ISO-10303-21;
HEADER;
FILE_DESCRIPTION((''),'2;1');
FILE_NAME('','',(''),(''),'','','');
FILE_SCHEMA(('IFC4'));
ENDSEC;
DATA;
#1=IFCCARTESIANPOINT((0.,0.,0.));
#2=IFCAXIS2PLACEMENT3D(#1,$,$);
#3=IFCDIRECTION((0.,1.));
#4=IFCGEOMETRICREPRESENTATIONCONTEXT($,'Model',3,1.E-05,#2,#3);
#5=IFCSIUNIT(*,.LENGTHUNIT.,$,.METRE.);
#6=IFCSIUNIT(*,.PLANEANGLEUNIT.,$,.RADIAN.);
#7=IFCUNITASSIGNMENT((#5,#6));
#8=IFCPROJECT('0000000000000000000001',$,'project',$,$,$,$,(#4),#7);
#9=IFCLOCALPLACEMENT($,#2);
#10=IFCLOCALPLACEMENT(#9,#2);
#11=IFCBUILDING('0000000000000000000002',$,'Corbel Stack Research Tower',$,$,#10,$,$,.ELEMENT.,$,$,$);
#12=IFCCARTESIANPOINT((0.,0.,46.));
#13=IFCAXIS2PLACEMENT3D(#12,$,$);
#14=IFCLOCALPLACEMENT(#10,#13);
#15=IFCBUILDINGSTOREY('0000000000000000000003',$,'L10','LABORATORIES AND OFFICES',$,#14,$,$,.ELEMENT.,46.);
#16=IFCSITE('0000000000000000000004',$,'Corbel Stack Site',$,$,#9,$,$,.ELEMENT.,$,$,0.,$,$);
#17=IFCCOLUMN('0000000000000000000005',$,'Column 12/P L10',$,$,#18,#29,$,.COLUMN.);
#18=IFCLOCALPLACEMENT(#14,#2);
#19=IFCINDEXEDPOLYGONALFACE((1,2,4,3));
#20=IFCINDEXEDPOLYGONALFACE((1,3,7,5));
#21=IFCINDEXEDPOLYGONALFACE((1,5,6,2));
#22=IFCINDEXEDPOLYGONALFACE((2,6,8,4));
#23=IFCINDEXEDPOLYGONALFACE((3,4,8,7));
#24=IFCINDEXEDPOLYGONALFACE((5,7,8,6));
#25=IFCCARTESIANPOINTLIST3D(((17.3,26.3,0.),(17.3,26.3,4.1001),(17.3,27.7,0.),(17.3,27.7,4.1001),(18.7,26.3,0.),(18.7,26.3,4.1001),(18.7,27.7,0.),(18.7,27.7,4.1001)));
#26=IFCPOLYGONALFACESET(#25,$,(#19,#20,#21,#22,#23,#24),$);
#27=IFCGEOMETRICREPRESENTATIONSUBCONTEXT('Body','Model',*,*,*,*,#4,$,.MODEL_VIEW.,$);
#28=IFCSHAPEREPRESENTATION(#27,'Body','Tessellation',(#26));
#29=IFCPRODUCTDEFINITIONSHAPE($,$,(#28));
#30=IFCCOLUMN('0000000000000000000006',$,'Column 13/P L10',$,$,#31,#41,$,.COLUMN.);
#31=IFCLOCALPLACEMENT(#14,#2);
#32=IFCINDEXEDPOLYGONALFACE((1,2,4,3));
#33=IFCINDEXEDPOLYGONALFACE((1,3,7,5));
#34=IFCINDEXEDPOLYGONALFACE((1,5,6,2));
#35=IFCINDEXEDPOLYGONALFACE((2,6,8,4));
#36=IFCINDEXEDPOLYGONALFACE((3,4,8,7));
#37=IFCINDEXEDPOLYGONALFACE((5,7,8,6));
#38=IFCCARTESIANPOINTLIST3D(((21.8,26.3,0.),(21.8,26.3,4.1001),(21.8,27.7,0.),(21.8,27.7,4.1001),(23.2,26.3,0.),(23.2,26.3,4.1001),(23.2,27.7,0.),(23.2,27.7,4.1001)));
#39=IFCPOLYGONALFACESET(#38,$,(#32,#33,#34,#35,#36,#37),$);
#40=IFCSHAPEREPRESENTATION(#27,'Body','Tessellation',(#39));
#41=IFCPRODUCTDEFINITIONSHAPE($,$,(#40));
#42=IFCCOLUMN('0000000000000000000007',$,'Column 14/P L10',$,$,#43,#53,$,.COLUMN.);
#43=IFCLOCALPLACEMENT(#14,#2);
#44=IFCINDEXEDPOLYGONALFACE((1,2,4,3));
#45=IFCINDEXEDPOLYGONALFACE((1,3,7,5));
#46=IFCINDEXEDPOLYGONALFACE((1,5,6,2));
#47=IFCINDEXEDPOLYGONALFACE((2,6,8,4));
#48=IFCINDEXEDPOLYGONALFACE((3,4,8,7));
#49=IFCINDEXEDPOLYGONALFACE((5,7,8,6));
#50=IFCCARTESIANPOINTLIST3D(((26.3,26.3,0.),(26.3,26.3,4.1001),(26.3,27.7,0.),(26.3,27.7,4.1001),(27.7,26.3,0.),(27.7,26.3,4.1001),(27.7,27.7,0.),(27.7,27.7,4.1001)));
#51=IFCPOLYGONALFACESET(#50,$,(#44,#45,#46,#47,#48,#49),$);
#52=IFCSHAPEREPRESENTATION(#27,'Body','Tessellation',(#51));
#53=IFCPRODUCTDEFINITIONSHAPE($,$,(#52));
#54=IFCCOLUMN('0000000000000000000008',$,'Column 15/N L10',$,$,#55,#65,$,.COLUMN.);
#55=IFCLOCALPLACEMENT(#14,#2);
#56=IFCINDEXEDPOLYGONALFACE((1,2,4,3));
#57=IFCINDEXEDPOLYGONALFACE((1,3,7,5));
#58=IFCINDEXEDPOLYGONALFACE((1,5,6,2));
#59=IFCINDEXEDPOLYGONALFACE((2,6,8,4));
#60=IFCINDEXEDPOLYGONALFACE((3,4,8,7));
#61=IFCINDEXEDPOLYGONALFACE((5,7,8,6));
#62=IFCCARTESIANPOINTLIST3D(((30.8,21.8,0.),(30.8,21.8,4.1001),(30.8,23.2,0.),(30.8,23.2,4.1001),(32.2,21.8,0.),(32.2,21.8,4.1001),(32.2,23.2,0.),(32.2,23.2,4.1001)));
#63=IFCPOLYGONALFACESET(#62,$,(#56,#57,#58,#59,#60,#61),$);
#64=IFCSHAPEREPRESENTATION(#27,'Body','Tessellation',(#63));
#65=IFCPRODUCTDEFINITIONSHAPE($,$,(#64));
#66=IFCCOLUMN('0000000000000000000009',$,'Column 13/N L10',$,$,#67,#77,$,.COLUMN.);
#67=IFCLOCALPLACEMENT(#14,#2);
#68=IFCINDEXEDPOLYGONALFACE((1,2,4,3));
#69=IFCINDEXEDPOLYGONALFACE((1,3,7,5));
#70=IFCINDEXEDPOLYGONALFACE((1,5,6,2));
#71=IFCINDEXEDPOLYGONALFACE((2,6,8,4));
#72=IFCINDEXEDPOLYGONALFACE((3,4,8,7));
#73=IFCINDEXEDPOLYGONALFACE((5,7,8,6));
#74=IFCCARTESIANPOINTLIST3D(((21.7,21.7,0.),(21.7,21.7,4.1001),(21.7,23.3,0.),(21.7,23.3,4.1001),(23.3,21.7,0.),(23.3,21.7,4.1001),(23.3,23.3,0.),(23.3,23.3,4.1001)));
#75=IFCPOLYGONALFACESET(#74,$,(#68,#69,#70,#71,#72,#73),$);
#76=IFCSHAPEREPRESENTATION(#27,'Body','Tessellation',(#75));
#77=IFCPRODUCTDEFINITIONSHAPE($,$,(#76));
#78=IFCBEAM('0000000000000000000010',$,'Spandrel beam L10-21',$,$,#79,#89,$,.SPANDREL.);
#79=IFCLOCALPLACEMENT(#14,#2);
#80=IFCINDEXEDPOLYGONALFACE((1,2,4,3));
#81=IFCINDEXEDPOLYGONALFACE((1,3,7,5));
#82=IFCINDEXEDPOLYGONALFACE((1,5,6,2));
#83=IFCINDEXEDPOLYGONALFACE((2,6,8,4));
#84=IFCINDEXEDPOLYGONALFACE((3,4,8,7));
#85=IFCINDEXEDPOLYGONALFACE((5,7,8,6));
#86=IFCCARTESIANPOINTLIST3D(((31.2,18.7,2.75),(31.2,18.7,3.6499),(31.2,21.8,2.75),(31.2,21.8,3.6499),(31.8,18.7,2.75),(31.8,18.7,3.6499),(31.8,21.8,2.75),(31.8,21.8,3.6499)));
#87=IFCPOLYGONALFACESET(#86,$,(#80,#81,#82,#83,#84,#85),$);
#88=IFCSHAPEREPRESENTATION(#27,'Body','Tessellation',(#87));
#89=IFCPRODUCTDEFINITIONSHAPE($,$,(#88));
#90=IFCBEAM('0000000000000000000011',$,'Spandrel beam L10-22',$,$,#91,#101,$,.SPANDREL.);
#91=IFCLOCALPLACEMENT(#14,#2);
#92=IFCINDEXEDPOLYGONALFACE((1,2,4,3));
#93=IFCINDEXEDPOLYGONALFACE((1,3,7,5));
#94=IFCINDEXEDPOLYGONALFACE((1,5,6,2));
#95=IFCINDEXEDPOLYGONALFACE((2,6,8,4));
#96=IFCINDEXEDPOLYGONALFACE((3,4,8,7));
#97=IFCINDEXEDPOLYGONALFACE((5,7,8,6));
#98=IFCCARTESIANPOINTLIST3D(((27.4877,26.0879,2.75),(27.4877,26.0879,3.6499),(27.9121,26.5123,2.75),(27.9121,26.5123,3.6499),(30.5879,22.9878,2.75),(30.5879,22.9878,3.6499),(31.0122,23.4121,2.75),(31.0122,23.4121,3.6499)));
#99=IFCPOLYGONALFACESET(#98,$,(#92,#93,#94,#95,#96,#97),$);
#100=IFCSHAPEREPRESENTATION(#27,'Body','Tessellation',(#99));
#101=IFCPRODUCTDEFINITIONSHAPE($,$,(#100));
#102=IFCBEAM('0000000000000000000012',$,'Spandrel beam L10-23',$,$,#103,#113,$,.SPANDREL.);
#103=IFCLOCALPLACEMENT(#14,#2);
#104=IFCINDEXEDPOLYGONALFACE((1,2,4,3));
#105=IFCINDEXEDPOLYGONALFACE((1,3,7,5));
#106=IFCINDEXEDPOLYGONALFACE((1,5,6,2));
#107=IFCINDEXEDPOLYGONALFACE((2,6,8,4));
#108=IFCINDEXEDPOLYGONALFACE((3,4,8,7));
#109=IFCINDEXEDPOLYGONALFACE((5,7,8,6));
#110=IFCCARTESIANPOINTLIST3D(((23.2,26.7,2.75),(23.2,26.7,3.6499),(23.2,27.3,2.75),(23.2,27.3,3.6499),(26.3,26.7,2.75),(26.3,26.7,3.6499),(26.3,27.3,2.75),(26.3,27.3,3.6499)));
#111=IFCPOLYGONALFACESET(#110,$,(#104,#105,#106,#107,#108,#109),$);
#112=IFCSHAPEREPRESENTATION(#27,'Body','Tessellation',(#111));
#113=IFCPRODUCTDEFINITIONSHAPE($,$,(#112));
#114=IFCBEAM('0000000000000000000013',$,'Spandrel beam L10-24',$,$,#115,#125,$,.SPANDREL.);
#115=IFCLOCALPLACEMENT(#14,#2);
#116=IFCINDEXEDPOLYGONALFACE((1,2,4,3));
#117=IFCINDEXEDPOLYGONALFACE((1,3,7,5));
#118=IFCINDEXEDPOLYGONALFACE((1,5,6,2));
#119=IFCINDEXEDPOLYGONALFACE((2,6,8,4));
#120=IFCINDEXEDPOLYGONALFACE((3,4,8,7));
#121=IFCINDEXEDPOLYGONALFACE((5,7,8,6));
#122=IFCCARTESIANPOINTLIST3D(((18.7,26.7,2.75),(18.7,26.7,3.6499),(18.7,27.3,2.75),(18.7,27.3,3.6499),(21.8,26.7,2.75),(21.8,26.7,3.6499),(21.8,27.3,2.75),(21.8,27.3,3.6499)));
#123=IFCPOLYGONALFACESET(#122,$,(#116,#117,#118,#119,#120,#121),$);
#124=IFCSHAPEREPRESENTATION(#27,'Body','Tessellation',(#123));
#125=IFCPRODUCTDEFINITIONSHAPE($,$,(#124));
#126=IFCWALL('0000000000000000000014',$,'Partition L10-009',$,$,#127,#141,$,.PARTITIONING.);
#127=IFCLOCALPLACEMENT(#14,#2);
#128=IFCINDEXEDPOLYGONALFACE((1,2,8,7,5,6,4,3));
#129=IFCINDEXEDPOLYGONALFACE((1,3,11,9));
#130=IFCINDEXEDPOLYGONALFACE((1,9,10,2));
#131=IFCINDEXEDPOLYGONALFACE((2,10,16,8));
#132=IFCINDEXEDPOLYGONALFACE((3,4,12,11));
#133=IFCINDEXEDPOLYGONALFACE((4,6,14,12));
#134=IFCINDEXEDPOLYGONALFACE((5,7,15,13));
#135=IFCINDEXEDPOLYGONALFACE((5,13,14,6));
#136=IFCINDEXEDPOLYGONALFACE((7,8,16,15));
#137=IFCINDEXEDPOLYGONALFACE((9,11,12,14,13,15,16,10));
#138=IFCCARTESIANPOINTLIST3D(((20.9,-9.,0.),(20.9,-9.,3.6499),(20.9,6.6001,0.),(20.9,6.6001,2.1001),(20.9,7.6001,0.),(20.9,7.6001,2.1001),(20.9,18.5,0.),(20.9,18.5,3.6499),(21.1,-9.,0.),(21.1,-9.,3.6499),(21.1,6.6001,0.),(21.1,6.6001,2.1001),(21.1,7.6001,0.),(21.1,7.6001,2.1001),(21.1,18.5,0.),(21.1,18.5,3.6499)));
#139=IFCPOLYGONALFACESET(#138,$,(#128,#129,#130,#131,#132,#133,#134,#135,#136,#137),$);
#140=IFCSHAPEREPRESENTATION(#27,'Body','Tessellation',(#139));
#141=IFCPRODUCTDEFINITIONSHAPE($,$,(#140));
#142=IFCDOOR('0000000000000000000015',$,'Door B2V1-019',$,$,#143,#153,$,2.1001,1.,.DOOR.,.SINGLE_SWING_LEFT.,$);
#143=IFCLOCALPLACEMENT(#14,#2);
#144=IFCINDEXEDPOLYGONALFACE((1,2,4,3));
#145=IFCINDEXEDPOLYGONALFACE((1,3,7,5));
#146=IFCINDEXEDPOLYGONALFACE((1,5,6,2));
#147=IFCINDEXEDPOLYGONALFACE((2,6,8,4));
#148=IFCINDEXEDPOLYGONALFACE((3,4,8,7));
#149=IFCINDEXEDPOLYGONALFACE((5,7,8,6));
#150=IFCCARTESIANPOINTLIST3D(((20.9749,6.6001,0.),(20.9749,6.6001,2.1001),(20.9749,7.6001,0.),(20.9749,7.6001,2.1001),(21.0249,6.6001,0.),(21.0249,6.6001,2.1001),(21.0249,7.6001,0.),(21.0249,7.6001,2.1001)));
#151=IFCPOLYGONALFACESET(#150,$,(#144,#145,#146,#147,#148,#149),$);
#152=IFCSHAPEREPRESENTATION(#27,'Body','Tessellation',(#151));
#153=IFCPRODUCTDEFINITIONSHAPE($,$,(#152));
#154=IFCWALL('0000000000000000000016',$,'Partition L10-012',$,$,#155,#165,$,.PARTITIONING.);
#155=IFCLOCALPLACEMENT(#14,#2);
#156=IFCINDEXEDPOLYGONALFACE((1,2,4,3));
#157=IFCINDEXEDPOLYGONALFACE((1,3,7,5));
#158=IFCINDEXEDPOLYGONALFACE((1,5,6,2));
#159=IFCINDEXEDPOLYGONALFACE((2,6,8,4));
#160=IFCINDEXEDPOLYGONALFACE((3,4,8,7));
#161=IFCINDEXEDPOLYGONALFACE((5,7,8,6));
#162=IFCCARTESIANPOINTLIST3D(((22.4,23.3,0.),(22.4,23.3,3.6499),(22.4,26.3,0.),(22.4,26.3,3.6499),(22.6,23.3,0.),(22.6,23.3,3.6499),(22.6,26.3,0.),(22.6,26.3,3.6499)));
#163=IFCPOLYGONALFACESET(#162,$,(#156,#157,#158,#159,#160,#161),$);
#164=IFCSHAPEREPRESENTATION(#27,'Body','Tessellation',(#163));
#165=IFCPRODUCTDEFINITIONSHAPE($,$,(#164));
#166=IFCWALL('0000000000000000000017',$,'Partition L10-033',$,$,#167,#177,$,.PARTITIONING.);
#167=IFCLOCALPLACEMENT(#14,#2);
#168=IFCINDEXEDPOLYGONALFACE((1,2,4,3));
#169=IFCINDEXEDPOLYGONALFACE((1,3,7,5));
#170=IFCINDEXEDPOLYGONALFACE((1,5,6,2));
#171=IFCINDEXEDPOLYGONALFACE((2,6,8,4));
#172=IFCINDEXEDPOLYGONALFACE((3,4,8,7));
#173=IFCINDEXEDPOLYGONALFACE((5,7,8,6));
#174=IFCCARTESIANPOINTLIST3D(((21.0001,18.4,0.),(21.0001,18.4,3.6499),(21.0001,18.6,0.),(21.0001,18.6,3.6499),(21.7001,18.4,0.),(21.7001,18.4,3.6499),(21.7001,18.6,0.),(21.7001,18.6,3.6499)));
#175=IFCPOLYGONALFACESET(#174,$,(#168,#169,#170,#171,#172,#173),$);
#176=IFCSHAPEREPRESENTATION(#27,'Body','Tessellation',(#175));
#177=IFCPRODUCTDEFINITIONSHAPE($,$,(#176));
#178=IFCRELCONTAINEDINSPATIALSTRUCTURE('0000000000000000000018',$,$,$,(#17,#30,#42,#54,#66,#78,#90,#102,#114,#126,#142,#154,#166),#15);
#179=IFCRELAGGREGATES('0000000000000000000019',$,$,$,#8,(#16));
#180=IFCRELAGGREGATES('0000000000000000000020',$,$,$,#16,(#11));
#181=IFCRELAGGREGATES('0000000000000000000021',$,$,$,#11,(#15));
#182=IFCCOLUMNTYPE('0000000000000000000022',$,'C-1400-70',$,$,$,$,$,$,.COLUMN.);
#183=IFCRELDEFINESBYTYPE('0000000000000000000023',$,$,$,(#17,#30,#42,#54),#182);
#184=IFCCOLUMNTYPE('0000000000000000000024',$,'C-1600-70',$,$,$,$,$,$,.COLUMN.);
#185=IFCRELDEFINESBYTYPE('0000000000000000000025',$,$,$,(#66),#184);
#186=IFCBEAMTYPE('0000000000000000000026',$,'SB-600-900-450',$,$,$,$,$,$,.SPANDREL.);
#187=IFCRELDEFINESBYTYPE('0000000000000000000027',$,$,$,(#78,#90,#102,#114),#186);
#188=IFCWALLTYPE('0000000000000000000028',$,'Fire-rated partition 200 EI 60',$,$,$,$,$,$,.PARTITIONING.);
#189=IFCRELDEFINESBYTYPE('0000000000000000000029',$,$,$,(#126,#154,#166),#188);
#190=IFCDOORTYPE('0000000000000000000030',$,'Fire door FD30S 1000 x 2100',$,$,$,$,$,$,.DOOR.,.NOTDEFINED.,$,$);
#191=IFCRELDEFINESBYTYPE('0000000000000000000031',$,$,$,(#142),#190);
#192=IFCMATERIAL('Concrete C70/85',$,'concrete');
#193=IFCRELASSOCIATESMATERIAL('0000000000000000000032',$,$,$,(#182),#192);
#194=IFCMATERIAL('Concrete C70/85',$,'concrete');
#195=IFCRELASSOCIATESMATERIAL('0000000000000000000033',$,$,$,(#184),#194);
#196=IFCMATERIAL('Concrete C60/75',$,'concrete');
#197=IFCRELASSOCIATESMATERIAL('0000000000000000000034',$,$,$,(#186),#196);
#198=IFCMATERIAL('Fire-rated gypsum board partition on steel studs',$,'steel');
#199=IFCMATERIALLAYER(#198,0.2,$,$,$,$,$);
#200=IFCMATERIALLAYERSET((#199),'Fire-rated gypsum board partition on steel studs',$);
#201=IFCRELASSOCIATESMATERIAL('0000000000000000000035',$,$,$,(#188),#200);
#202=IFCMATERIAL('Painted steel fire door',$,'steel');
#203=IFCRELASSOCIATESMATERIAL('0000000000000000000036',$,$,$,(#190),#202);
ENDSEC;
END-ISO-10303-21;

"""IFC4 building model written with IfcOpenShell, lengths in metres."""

from ifc_helpers import new_model, si_unit, direction, frame, frame_2d, origin, origin_2d, place, context, subcontext, project, spatial, rectangle, extrude, material, layer, layer_set, material_profile, profile_set, type_object, element, fill, save


model = new_model("IFC4")

# Units and contexts
model_context = context("Model", 3, precision=1e-05, world=origin(), true_north=direction((0.0, 1.0)))
body_context = subcontext(model_context, "Body", "Model", "MODEL_VIEW")
ifc_project = project(units=[si_unit("LENGTHUNIT", "METRE"), si_unit("PLANEANGLEUNIT", "RADIAN")], contexts=[model_context])

# Site, building, storey
site_placement = place(None, origin())
site = spatial("IfcSite", under=ifc_project, at=site_placement, Name="Corbel Stack Site", CompositionType="ELEMENT", RefElevation=0.0)
building_placement = place(site_placement, origin())
building = spatial("IfcBuilding", under=site, at=building_placement, Name="Corbel Stack Research Tower", CompositionType="ELEMENT")
storey_placement = place(building_placement, frame((0.0, 0.0, 46.0)))
storey = spatial("IfcBuildingStorey", under=building, at=storey_placement, Name="L10", Description="LABORATORIES AND OFFICES", CompositionType="ELEMENT", Elevation=46.0)

# Columns
ifc_material_1 = material(Name="Concrete C70/85", Category="concrete")
ifc_material_profile_1 = material_profile(ifc_material_1, rectangle(XDim=1.3999, YDim=1.3999, at=origin_2d()), Name="RC 1400 x 1400")
ifc_profile_set_1 = profile_set([ifc_material_profile_1], Name="Concrete C70/85")
column_type_1 = type_object("IfcColumnType", Name="C-1400-70", PredefinedType="COLUMN", material=ifc_profile_set_1)
for number, where, z_axis, x_axis, name in (
    (1, (18.0, 27.0, 0.0), (0.0, 0.0, 1.0), (1.0, 0.0, 0.0), "Column 12/P L10"),
    (2, (22.5, 27.0, 0.0), (0.0, 0.0, 1.0), (1.0, 0.0, 0.0), "Column 13/P L10"),
    (3, (27.0, 27.0, 0.0), (0.0, 0.0, 1.0), (1.0, 0.0, 0.0), "Column 14/P L10"),
    (4, (31.5, 22.5, 0.0), (0.0, 0.0, 1.0), (1.0, 0.0, 0.0), "Column 15/N L10"),
):
    element("IfcColumn", number, at=place(storey_placement, frame(where, z_axis=z_axis, x_axis=x_axis)), inside=storey, type_object=column_type_1, Name=name, PredefinedType="COLUMN", context=body_context, shape_type="SweptSolid", body=[
        extrude(rectangle(XDim=1.3999, YDim=1.3999, at=origin_2d()), origin(), (0.0, 0.0, 1.0), 4.1001),
    ])
ifc_material_2 = material(Name="Concrete C70/85", Category="concrete")
ifc_material_profile_2 = material_profile(ifc_material_2, rectangle(XDim=1.6001, YDim=1.6001, at=origin_2d()), Name="RC 1600 x 1600")
ifc_profile_set_2 = profile_set([ifc_material_profile_2], Name="Concrete C70/85")
column_type_2 = type_object("IfcColumnType", Name="C-1600-70", PredefinedType="COLUMN", material=ifc_profile_set_2)
column_placement = place(storey_placement, frame((22.5, 22.5, 0.0), z_axis=(0.0, 0.0, 1.0), x_axis=(1.0, 0.0, 0.0)))
element("IfcColumn", 5, at=column_placement, inside=storey, type_object=column_type_2, Name="Column 13/N L10", PredefinedType="COLUMN", context=body_context, shape_type="SweptSolid", body=[
    extrude(rectangle(XDim=1.6001, YDim=1.6001, at=origin_2d()), origin(), (0.0, 0.0, 1.0), 4.1001),
])

# Beams
ifc_material_3 = material(Name="Concrete C60/75", Category="concrete")
ifc_material_profile_3 = material_profile(ifc_material_3, rectangle(XDim=0.6001, YDim=0.8999, at=origin_2d()), Name="RC 600 x 900")
ifc_profile_set_3 = profile_set([ifc_material_profile_3], Name="Concrete C60/75")
beam_type = type_object("IfcBeamType", Name="SB-600-900-450", PredefinedType="SPANDREL", material=ifc_profile_set_3)
beam_1_placement = place(storey_placement, frame((31.5, 18.7, 3.2), z_axis=(0.0, 1.0, 0.0), x_axis=(-1.0, 0.0, 0.0)))
element("IfcBeam", 6, at=beam_1_placement, inside=storey, type_object=beam_type, Name="Spandrel beam L10-21", PredefinedType="SPANDREL", context=body_context, shape_type="SweptSolid", body=[
    extrude(rectangle(XDim=0.6001, YDim=0.8999, at=origin_2d()), origin(), (0.0, 0.0, 1.0), 3.1001),
])
beam_2_placement = place(storey_placement, frame((30.8, 23.2, 3.2), z_axis=(-0.707107, 0.707107, 0.0), x_axis=(-0.707107, -0.707107, 0.0)))
element("IfcBeam", 7, at=beam_2_placement, inside=storey, type_object=beam_type, Name="Spandrel beam L10-22", PredefinedType="SPANDREL", context=body_context, shape_type="SweptSolid", body=[
    extrude(rectangle(XDim=0.6001, YDim=0.8999, at=origin_2d()), origin(), (0.0, 0.0, 1.0), 4.3843),
])
for number, where, z_axis, x_axis, name in (
    (8, (26.3, 27.0, 3.2), (-1.0, 0.0, 0.0), (0.0, -1.0, 0.0), "Spandrel beam L10-23"),
    (9, (21.8, 27.0, 3.2), (-1.0, 0.0, 0.0), (0.0, -1.0, 0.0), "Spandrel beam L10-24"),
):
    element("IfcBeam", number, at=place(storey_placement, frame(where, z_axis=z_axis, x_axis=x_axis)), inside=storey, type_object=beam_type, Name=name, PredefinedType="SPANDREL", context=body_context, shape_type="SweptSolid", body=[
        extrude(rectangle(XDim=0.6001, YDim=0.8999, at=origin_2d()), origin(), (0.0, 0.0, 1.0), 3.1001),
    ])

# Wall, opening, door
ifc_material_4 = material(Name="Fire-rated gypsum board partition on steel studs", Category="steel")
ifc_layer_1 = layer(ifc_material_4, 0.2)
ifc_layer_set_1 = layer_set([ifc_layer_1], Name="Fire-rated gypsum board partition on steel studs")
wall_type_1 = type_object("IfcWallType", Name="Fire-rated partition 200 EI 60", PredefinedType="PARTITIONING", material=ifc_layer_set_1)
wall_1_placement = place(storey_placement, frame((21.0, 18.5, 0.0), z_axis=(0.0, 0.0, 1.0), x_axis=(0.0, -1.0, 0.0)))
wall_1 = element("IfcWall", 10, at=wall_1_placement, inside=storey, type_object=wall_type_1, Name="Partition L10-009", PredefinedType="PARTITIONING", context=body_context, shape_type="SweptSolid", body=[
    extrude(rectangle(XDim=27.5, YDim=0.2, at=frame_2d((13.75, 0.0))), origin(), (0.0, 0.0, 1.0), 3.6499),
])
opening_1_placement = place(wall_1_placement, frame((10.8999, 0.0, 0.0)))
opening_1 = element("IfcOpeningElement", 11, at=opening_1_placement, cuts=wall_1, PredefinedType="OPENING", context=body_context, shape_type="SweptSolid", body=[
    extrude(rectangle(XDim=1.0, YDim=2.1001, at=frame_2d((0.5, 1.05))), frame((0.0, 0.1099, 0.0), z_axis=(0.0, -1.0, 0.0), x_axis=(1.0, 0.0, 0.0)), (0.0, 0.0, 1.0), 0.22),
])
ifc_material_5 = material(Name="Painted steel fire door", Category="steel")
door_type_1 = type_object("IfcDoorType", Name="Fire door FD30S 1000 x 2100", OperationType="NOTDEFINED", PredefinedType="DOOR", material=ifc_material_5)
door_1_placement = place(opening_1_placement, origin())
door_1 = element("IfcDoor", 12, at=door_1_placement, inside=storey, type_object=door_type_1, Name="Door B2V1-019", OperationType="SINGLE_SWING_LEFT", OverallHeight=2.1001, OverallWidth=1.0, PredefinedType="DOOR", context=body_context, shape_type="SweptSolid", body=[
    extrude(rectangle(XDim=1.0, YDim=2.1001, at=frame_2d((0.5, 1.05))), frame((0.0, 0.0249, 0.0), z_axis=(0.0, -1.0, 0.0), x_axis=(1.0, 0.0, 0.0)), (0.0, 0.0, 1.0), 0.05),
])
fill(opening_1, door_1)

# Walls
wall_2_placement = place(storey_placement, frame((22.5, 23.3, 0.0), z_axis=(0.0, 0.0, 1.0), x_axis=(0.0, 1.0, 0.0)))
element("IfcWall", 13, at=wall_2_placement, inside=storey, type_object=wall_type_1, Name="Partition L10-012", PredefinedType="PARTITIONING", context=body_context, shape_type="SweptSolid", body=[
    extrude(rectangle(XDim=3.0, YDim=0.2, at=frame_2d((1.5, 0.0))), origin(), (0.0, 0.0, 1.0), 3.6499),
])
wall_3_placement = place(storey_placement, frame((21.0, 18.5, 0.0), z_axis=(0.0, 0.0, 1.0), x_axis=(1.0, 0.0, 0.0)))
element("IfcWall", 14, at=wall_3_placement, inside=storey, type_object=wall_type_1, Name="Partition L10-033", PredefinedType="PARTITIONING", context=body_context, shape_type="SweptSolid", body=[
    extrude(rectangle(XDim=0.7, YDim=0.2, at=frame_2d((0.3501, 0.0))), origin(), (0.0, 0.0, 1.0), 3.6499),
])

save(model, "model.ifc")
